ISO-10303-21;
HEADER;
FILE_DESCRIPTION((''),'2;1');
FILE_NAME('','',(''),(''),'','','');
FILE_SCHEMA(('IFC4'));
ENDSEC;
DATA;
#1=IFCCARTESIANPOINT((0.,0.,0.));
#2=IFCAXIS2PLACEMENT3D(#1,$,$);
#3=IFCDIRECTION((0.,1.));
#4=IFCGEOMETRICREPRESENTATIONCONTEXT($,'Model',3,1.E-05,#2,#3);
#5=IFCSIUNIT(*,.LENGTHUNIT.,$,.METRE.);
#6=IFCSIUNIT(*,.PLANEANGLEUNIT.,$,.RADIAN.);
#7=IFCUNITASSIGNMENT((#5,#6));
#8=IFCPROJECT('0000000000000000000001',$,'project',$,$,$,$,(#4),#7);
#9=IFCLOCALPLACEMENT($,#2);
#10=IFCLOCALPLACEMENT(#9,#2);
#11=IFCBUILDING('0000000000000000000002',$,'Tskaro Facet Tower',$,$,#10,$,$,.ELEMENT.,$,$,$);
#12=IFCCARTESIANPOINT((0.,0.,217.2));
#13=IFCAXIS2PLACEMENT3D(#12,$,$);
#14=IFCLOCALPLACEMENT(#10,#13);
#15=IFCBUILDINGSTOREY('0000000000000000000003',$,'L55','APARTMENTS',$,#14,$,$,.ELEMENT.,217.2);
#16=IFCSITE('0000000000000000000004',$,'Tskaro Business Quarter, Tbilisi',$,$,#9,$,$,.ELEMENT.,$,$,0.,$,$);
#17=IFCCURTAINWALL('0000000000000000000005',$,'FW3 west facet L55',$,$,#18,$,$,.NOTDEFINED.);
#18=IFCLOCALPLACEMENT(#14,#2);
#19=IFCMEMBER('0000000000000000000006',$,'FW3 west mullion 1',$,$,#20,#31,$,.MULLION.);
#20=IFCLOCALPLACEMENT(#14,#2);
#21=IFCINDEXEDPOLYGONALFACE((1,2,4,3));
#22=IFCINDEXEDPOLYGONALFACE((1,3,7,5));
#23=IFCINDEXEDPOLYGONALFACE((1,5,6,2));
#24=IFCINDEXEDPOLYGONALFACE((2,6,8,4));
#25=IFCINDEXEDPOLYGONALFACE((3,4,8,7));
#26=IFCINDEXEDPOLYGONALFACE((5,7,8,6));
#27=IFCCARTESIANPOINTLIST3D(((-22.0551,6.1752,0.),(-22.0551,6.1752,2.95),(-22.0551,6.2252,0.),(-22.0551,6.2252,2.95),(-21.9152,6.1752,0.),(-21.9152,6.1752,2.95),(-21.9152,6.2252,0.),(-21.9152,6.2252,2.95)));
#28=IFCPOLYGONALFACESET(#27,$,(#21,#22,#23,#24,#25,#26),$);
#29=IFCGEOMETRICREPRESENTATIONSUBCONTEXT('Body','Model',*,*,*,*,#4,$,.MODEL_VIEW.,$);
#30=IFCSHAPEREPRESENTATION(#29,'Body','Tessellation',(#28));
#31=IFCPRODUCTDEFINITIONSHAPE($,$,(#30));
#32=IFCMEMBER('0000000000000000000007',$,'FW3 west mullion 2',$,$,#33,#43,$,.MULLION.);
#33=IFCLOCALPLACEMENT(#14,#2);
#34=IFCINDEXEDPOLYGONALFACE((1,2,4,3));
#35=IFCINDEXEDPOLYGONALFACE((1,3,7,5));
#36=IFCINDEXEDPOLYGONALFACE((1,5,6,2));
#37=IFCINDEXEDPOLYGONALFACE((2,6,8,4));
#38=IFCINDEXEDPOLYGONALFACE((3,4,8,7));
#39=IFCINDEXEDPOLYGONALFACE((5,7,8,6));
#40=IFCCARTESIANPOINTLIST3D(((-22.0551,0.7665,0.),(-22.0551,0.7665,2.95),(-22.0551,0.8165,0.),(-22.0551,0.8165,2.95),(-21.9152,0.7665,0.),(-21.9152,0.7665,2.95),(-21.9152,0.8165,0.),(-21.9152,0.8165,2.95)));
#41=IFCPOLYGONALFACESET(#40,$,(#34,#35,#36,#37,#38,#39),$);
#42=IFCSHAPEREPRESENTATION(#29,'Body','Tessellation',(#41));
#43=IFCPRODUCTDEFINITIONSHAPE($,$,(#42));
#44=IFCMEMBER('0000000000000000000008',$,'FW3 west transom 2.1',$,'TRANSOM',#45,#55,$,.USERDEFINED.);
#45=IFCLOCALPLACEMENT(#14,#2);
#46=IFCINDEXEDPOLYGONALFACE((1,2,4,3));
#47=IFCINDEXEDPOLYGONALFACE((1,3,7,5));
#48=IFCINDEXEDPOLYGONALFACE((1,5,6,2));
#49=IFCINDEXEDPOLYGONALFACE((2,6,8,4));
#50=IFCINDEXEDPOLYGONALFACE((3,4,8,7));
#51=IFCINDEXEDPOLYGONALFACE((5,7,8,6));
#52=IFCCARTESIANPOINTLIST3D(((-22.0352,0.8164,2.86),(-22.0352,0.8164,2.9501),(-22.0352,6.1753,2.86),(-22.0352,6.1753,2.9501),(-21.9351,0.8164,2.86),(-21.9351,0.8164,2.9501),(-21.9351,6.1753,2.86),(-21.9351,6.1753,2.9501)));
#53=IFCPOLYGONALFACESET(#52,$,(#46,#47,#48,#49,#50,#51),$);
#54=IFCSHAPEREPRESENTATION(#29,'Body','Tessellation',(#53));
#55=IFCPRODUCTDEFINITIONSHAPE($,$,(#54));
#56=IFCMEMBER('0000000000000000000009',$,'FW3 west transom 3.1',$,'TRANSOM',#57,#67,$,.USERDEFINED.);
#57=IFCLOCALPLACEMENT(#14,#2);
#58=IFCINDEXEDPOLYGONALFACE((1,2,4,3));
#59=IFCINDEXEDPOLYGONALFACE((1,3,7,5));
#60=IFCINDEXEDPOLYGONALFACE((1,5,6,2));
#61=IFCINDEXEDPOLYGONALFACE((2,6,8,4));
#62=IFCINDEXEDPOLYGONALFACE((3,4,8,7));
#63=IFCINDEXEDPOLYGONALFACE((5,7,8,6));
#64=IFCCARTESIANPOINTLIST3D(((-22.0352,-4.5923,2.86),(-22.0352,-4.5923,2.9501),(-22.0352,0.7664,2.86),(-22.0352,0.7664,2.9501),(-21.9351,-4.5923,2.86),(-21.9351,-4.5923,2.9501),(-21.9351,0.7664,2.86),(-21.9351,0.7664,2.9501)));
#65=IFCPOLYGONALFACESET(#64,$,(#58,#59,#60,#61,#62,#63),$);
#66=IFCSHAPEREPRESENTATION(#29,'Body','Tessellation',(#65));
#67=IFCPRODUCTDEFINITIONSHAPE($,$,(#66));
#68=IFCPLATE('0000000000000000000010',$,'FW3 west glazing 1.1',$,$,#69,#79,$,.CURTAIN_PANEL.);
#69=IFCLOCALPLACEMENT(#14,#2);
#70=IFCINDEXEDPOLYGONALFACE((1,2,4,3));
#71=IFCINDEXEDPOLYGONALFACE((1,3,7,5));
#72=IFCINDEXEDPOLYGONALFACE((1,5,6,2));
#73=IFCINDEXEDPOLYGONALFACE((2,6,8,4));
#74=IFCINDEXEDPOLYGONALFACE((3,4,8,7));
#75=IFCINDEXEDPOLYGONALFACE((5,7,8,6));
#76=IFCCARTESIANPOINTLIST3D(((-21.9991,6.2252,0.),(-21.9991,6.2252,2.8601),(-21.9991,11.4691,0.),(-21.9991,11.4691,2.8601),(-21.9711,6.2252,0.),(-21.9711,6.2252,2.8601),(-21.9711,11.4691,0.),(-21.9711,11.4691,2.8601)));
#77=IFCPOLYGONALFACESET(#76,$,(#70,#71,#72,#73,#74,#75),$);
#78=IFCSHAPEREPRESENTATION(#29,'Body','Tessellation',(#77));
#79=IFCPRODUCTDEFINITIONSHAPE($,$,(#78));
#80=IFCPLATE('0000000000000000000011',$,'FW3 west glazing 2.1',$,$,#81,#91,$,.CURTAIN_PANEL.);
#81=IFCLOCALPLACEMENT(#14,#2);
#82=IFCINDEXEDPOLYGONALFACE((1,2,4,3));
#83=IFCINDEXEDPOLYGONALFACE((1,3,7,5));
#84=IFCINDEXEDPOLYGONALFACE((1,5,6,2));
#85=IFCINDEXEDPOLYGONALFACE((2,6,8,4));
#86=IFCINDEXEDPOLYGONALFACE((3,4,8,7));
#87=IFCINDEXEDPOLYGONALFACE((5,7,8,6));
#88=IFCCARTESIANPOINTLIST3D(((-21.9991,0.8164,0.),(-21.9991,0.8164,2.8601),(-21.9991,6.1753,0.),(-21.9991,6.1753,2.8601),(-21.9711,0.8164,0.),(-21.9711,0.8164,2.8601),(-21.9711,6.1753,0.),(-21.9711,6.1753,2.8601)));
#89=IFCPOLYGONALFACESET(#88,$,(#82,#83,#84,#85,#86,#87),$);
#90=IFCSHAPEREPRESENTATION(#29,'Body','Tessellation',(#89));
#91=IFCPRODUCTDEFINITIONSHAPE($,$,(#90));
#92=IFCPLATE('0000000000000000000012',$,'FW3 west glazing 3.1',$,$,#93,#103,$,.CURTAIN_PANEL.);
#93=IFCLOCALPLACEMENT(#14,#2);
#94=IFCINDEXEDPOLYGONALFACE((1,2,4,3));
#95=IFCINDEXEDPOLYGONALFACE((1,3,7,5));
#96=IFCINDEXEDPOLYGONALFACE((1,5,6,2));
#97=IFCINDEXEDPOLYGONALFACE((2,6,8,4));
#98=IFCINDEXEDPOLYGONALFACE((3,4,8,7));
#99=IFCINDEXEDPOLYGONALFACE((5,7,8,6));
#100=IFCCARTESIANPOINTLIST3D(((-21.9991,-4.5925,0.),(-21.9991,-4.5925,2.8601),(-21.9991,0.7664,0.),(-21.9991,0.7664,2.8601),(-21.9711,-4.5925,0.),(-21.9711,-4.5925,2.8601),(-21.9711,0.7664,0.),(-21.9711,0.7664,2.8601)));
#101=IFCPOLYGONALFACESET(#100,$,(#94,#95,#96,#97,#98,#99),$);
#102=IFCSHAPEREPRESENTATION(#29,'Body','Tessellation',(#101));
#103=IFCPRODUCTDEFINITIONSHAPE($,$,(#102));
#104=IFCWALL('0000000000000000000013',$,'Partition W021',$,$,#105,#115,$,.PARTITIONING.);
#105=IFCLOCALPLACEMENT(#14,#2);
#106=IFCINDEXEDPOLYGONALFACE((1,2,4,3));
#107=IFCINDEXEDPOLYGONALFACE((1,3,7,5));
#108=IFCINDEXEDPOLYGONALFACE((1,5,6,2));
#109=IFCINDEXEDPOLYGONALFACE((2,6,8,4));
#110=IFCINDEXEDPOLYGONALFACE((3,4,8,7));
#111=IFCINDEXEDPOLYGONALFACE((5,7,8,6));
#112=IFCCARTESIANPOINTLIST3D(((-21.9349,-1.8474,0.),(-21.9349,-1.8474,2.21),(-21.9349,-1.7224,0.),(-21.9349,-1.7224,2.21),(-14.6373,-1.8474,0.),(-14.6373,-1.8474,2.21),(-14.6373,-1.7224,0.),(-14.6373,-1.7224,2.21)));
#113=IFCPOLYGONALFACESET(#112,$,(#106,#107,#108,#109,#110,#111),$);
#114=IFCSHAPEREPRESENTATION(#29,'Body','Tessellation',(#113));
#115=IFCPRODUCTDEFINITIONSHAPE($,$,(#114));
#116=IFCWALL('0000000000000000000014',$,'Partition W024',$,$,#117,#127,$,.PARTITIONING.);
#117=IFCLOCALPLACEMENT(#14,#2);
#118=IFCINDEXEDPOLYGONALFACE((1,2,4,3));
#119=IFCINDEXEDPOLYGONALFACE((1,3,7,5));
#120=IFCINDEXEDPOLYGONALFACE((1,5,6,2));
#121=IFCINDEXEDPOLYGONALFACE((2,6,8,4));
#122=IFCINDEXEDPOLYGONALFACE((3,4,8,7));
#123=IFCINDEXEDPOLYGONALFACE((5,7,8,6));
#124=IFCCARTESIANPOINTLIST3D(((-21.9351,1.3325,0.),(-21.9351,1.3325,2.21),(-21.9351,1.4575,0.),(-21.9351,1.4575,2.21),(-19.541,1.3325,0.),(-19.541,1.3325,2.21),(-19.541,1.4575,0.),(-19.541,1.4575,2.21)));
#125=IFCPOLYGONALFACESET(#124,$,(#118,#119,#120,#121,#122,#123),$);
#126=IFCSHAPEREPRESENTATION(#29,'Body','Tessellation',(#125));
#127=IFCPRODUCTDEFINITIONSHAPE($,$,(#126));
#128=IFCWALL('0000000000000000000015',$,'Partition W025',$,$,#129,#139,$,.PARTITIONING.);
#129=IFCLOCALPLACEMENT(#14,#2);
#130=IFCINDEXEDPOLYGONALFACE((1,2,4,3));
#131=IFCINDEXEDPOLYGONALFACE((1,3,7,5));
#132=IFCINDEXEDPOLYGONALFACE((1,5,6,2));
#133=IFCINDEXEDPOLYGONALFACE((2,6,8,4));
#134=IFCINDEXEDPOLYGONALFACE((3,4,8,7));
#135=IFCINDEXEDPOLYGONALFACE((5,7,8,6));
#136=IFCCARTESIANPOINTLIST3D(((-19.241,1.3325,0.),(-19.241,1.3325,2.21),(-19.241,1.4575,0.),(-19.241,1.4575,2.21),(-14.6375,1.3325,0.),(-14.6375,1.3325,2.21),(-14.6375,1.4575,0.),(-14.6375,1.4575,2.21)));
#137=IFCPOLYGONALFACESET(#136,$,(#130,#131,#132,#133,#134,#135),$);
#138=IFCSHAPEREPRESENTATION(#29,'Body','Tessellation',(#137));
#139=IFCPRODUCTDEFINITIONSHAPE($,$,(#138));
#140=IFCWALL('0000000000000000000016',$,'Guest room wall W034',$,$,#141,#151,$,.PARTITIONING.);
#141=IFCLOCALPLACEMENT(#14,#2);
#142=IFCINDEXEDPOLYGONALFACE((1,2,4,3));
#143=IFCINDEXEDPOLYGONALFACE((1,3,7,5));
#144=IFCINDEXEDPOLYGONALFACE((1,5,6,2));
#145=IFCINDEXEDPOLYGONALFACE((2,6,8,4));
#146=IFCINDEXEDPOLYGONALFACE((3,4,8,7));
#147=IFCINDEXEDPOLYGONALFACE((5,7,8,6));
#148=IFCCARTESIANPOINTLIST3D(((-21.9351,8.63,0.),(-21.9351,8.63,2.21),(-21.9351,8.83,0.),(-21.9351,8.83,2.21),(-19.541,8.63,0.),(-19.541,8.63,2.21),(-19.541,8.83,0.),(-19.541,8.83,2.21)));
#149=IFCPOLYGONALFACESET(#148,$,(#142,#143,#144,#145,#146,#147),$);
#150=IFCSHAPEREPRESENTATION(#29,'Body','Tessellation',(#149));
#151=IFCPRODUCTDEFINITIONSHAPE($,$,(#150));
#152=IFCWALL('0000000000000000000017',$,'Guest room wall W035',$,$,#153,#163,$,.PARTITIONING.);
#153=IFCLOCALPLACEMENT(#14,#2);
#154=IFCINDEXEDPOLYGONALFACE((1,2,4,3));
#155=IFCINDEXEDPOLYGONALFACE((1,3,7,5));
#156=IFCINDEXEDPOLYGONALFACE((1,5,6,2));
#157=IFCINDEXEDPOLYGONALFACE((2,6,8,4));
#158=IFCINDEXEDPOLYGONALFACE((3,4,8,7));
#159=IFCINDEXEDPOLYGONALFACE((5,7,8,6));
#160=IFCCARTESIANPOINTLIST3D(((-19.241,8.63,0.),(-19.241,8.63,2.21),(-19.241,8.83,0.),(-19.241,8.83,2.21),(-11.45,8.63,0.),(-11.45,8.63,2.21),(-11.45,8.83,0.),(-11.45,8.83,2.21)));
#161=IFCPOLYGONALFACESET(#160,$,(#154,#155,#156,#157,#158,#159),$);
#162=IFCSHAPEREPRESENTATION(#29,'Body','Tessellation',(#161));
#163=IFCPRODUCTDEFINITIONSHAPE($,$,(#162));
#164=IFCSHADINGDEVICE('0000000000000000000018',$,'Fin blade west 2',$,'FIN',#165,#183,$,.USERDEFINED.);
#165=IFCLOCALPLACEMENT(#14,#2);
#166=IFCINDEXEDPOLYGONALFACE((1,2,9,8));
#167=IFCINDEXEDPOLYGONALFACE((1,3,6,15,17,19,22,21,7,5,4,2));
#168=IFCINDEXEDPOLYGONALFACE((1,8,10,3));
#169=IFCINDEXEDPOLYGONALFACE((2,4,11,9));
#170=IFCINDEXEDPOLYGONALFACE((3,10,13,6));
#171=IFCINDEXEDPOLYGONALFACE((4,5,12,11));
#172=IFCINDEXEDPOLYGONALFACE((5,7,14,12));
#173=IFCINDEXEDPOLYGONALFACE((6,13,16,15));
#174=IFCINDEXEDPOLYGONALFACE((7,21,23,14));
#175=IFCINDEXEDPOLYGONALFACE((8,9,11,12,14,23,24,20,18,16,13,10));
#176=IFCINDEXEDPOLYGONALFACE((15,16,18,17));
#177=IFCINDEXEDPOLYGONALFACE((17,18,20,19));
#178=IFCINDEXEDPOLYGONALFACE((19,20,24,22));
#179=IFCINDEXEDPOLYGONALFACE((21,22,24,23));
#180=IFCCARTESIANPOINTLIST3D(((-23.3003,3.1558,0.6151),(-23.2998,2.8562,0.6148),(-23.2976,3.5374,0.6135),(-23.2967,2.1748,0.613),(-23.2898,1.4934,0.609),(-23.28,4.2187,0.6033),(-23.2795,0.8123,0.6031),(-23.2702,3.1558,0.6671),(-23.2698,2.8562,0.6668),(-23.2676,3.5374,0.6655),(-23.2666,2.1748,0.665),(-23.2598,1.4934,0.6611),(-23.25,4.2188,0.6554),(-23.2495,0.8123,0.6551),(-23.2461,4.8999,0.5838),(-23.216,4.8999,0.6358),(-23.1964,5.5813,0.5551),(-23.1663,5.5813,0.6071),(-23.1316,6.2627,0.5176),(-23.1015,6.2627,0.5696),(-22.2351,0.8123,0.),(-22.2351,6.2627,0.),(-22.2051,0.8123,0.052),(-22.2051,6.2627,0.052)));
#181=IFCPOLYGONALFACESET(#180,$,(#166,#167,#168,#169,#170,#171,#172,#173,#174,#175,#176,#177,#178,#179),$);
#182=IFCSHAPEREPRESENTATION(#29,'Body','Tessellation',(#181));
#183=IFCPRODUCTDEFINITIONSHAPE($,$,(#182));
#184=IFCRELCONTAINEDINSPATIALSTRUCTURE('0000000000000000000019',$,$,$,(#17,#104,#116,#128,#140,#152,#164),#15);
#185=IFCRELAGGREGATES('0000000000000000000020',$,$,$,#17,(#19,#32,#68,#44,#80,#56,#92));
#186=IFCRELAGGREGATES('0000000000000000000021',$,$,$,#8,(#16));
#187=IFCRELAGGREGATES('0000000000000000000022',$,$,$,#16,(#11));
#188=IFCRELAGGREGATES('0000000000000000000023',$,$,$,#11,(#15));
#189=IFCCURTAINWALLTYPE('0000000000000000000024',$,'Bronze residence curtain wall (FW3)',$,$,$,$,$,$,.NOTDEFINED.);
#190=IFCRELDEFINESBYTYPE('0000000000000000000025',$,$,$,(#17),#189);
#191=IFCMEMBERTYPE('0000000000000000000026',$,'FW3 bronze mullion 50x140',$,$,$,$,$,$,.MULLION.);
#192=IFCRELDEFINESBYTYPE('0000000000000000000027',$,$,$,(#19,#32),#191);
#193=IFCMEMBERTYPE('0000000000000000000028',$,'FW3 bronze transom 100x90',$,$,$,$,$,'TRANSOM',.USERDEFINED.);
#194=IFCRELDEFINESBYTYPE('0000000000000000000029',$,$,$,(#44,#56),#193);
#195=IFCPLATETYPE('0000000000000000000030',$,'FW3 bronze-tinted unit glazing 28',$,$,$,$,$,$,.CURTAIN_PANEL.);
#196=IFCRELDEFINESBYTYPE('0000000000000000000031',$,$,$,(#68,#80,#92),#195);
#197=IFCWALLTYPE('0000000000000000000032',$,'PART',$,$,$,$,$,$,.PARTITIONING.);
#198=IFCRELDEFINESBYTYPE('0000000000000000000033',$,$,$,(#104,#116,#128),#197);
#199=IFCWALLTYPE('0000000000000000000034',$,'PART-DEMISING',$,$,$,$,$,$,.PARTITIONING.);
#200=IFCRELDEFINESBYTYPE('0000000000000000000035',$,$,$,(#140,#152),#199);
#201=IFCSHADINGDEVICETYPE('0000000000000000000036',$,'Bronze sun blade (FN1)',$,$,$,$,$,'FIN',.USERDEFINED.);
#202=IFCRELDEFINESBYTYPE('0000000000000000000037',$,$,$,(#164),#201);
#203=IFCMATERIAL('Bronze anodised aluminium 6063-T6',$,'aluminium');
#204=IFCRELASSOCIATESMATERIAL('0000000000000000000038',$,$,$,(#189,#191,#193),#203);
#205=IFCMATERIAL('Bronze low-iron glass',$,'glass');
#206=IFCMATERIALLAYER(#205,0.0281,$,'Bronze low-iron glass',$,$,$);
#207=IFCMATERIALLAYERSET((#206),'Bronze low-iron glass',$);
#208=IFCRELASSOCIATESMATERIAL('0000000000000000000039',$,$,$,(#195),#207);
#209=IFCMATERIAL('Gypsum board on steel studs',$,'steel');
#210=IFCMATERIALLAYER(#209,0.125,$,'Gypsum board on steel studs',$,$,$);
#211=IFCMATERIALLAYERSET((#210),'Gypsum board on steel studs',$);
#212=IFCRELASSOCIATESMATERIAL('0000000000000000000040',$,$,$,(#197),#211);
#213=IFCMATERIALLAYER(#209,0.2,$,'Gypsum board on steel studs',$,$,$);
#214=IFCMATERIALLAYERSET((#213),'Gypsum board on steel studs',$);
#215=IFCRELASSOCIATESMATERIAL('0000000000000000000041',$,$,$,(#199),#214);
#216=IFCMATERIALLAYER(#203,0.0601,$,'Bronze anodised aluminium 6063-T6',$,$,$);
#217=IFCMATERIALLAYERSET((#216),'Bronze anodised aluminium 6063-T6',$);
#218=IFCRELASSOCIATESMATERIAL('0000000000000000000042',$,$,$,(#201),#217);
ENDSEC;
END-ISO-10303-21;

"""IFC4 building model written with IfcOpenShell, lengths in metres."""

from ifc_helpers import new_model, si_unit, direction, frame, frame_2d, origin, origin_2d, place, context, subcontext, project, spatial, polyline, rectangle, outline, extrude, material, layer, layer_set, material_profile, profile_set, type_object, element, aggregate, save


model = new_model("IFC4")

# Units and contexts
model_context = context("Model", 3, precision=1e-05, world=origin(), true_north=direction((0.0, 1.0)))
body_context = subcontext(model_context, "Body", "Model", "MODEL_VIEW")
ifc_project = project(units=[si_unit("LENGTHUNIT", "METRE"), si_unit("PLANEANGLEUNIT", "RADIAN")], contexts=[model_context])

# Site, building, storey
site_placement = place(None, origin())
site = spatial("IfcSite", under=ifc_project, at=site_placement, Name="Tskaro Business Quarter, Tbilisi", CompositionType="ELEMENT", RefElevation=0.0)
building_placement = place(site_placement, origin())
building = spatial("IfcBuilding", under=site, at=building_placement, Name="Tskaro Facet Tower", CompositionType="ELEMENT")
storey_placement = place(building_placement, frame((0.0, 0.0, 217.2)))
storey = spatial("IfcBuildingStorey", under=building, at=storey_placement, Name="L55", Description="APARTMENTS", CompositionType="ELEMENT", Elevation=217.2)

# Curtain wall, members, plates
ifc_material_1 = material(Name="Bronze anodised aluminium 6063-T6", Category="aluminium")
curtain_wall_type = type_object("IfcCurtainWallType", Name="Bronze residence curtain wall (FW3)", PredefinedType="NOTDEFINED", material=ifc_material_1)
curtain_wall_placement = place(storey_placement, origin())
curtain_wall = element("IfcCurtainWall", 1, at=curtain_wall_placement, inside=storey, type_object=curtain_wall_type, Name="FW3 west facet L55", PredefinedType="NOTDEFINED")
ifc_material_profile_1 = material_profile(ifc_material_1, rectangle(XDim=0.05, YDim=0.1399, at=origin_2d()), Name="Mullion 50x140")
ifc_profile_set_1 = profile_set([ifc_material_profile_1], Name="Bronze anodised aluminium 6063-T6")
member_type_1 = type_object("IfcMemberType", Name="FW3 bronze mullion 50x140", PredefinedType="MULLION", material=ifc_profile_set_1)
member_1_placement = place(storey_placement, frame((-21.9851, 6.2002, 0.0), z_axis=(0.0, 0.0, 1.0), x_axis=(0.0, -1.0, 0.0)))
member_1 = element("IfcMember", 2, at=member_1_placement, type_object=member_type_1, Name="FW3 west mullion 1", PredefinedType="MULLION", context=body_context, shape_type="SweptSolid", body=[
    extrude(rectangle(XDim=0.05, YDim=0.1399, at=origin_2d()), origin(), (0.0, 0.0, 1.0), 2.95),
])
member_2_placement = place(storey_placement, frame((-21.9851, 0.7915, 0.0), z_axis=(0.0, 0.0, 1.0), x_axis=(0.0, -1.0, 0.0)))
member_2 = element("IfcMember", 3, at=member_2_placement, type_object=member_type_1, Name="FW3 west mullion 2", PredefinedType="MULLION", context=body_context, shape_type="SweptSolid", body=[
    extrude(rectangle(XDim=0.05, YDim=0.1399, at=origin_2d()), origin(), (0.0, 0.0, 1.0), 2.95),
])
ifc_material_profile_2 = material_profile(ifc_material_1, rectangle(XDim=0.1001, YDim=0.0901, at=origin_2d()), Name="Transom 100x90")
ifc_profile_set_2 = profile_set([ifc_material_profile_2], Name="Bronze anodised aluminium 6063-T6")
member_type_2 = type_object("IfcMemberType", Name="FW3 bronze transom 100x90", ElementType="TRANSOM", PredefinedType="USERDEFINED", material=ifc_profile_set_2)
member_3_placement = place(storey_placement, frame((-21.9851, 6.1753, 2.905), z_axis=(0.0, -1.0, 0.0), x_axis=(1.0, 0.0, 0.0)))
member_3 = element("IfcMember", 4, at=member_3_placement, type_object=member_type_2, Name="FW3 west transom 2.1", ObjectType="TRANSOM", PredefinedType="USERDEFINED", context=body_context, shape_type="SweptSolid", body=[
    extrude(rectangle(XDim=0.1001, YDim=0.0901, at=origin_2d()), origin(), (0.0, 0.0, 1.0), 5.3589),
])
member_4_placement = place(storey_placement, frame((-21.9851, 0.7664, 2.905), z_axis=(0.0, -1.0, 0.0), x_axis=(1.0, 0.0, 0.0)))
member_4 = element("IfcMember", 5, at=member_4_placement, type_object=member_type_2, Name="FW3 west transom 3.1", ObjectType="TRANSOM", PredefinedType="USERDEFINED", context=body_context, shape_type="SweptSolid", body=[
    extrude(rectangle(XDim=0.1001, YDim=0.0901, at=origin_2d()), origin(), (0.0, 0.0, 1.0), 5.3586),
])
ifc_material_2 = material(Name="Bronze low-iron glass", Category="glass")
ifc_layer_1 = layer(ifc_material_2, 0.0281, Name="Bronze low-iron glass")
ifc_layer_set_1 = layer_set([ifc_layer_1], Name="Bronze low-iron glass")
plate_type = type_object("IfcPlateType", Name="FW3 bronze-tinted unit glazing 28", PredefinedType="CURTAIN_PANEL", material=ifc_layer_set_1)
plate_1_placement = place(storey_placement, frame((-21.9851, 8.8472, 0.0), z_axis=(0.0, 0.0, 1.0), x_axis=(0.0, -1.0, 0.0)))
plate_1 = element("IfcPlate", 6, at=plate_1_placement, type_object=plate_type, Name="FW3 west glazing 1.1", PredefinedType="CURTAIN_PANEL", context=body_context, shape_type="SweptSolid", body=[
    extrude(rectangle(XDim=5.2439, YDim=0.0281, at=origin_2d()), origin(), (0.0, 0.0, 1.0), 2.8601),
])
plate_2_placement = place(storey_placement, frame((-21.9851, 3.4958, 0.0), z_axis=(0.0, 0.0, 1.0), x_axis=(0.0, -1.0, 0.0)))
plate_2 = element("IfcPlate", 7, at=plate_2_placement, type_object=plate_type, Name="FW3 west glazing 2.1", PredefinedType="CURTAIN_PANEL", context=body_context, shape_type="SweptSolid", body=[
    extrude(rectangle(XDim=5.3589, YDim=0.0281, at=origin_2d()), origin(), (0.0, 0.0, 1.0), 2.8601),
])
plate_3_placement = place(storey_placement, frame((-21.9851, -1.9131, 0.0), z_axis=(0.0, 0.0, 1.0), x_axis=(0.0, -1.0, 0.0)))
plate_3 = element("IfcPlate", 8, at=plate_3_placement, type_object=plate_type, Name="FW3 west glazing 3.1", PredefinedType="CURTAIN_PANEL", context=body_context, shape_type="SweptSolid", body=[
    extrude(rectangle(XDim=5.3589, YDim=0.0281, at=origin_2d()), origin(), (0.0, 0.0, 1.0), 2.8601),
])
aggregate(curtain_wall, [member_1, member_2, plate_1, member_3, plate_2, member_4, plate_3])

# Walls
ifc_material_3 = material(Name="Gypsum board on steel studs", Category="steel")
ifc_layer_2 = layer(ifc_material_3, 0.125, Name="Gypsum board on steel studs")
ifc_layer_set_2 = layer_set([ifc_layer_2], Name="Gypsum board on steel studs")
wall_type_1 = type_object("IfcWallType", Name="PART", PredefinedType="PARTITIONING", material=ifc_layer_set_2)
wall_1_placement = place(storey_placement, frame((-21.9351, -1.7849, 0.0), z_axis=(0.0, 0.0, 1.0), x_axis=(1.0, 0.0, 0.0)))
element("IfcWall", 9, at=wall_1_placement, inside=storey, type_object=wall_type_1, Name="Partition W021", PredefinedType="PARTITIONING", context=body_context, shape_type="SweptSolid", body=[
    extrude(rectangle(XDim=7.2976, YDim=0.125, at=frame_2d((3.6489, 0.0))), origin(), (0.0, 0.0, 1.0), 2.21),
])
wall_2_placement = place(storey_placement, frame((-21.9351, 1.395, 0.0), z_axis=(0.0, 0.0, 1.0), x_axis=(1.0, 0.0, 0.0)))
element("IfcWall", 10, at=wall_2_placement, inside=storey, type_object=wall_type_1, Name="Partition W024", PredefinedType="PARTITIONING", context=body_context, shape_type="SweptSolid", body=[
    extrude(rectangle(XDim=2.394, YDim=0.125, at=frame_2d((1.197, 0.0))), origin(), (0.0, 0.0, 1.0), 2.21),
])
wall_3_placement = place(storey_placement, frame((-19.241, 1.395, 0.0), z_axis=(0.0, 0.0, 1.0), x_axis=(1.0, 0.0, 0.0)))
element("IfcWall", 11, at=wall_3_placement, inside=storey, type_object=wall_type_1, Name="Partition W025", PredefinedType="PARTITIONING", context=body_context, shape_type="SweptSolid", body=[
    extrude(rectangle(XDim=4.6035, YDim=0.125, at=frame_2d((2.3018, 0.0))), origin(), (0.0, 0.0, 1.0), 2.21),
])
ifc_layer_3 = layer(ifc_material_3, 0.2, Name="Gypsum board on steel studs")
ifc_layer_set_3 = layer_set([ifc_layer_3], Name="Gypsum board on steel studs")
wall_type_2 = type_object("IfcWallType", Name="PART-DEMISING", PredefinedType="PARTITIONING", material=ifc_layer_set_3)
wall_4_placement = place(storey_placement, frame((-21.9351, 8.73, 0.0), z_axis=(0.0, 0.0, 1.0), x_axis=(1.0, 0.0, 0.0)))
element("IfcWall", 12, at=wall_4_placement, inside=storey, type_object=wall_type_2, Name="Guest room wall W034", PredefinedType="PARTITIONING", context=body_context, shape_type="SweptSolid", body=[
    extrude(rectangle(XDim=2.394, YDim=0.2, at=frame_2d((1.197, 0.0))), origin(), (0.0, 0.0, 1.0), 2.21),
])
wall_5_placement = place(storey_placement, frame((-19.241, 8.73, 0.0), z_axis=(0.0, 0.0, 1.0), x_axis=(1.0, 0.0, 0.0)))
element("IfcWall", 13, at=wall_5_placement, inside=storey, type_object=wall_type_2, Name="Guest room wall W035", PredefinedType="PARTITIONING", context=body_context, shape_type="SweptSolid", body=[
    extrude(rectangle(XDim=7.791, YDim=0.2, at=frame_2d((3.8955, 0.0))), origin(), (0.0, 0.0, 1.0), 2.21),
])

# Shading device
ifc_layer_4 = layer(ifc_material_1, 0.0601, Name="Bronze anodised aluminium 6063-T6")
ifc_layer_set_4 = layer_set([ifc_layer_4], Name="Bronze anodised aluminium 6063-T6")
shading_device_type = type_object("IfcShadingDeviceType", Name="Bronze sun blade (FN1)", ElementType="FIN", PredefinedType="USERDEFINED", material=ifc_layer_set_4)
shading_device_1_placement = place(storey_placement, frame((-22.2051, 6.2627, 0.052), z_axis=(0.50006, 0.0, 0.865991), x_axis=(0.0, -1.0, 0.0)))
element("IfcShadingDevice", 14, at=shading_device_1_placement, inside=storey, type_object=shading_device_type, Name="Fin blade west 2", ObjectType="FIN", PredefinedType="USERDEFINED", context=body_context, shape_type="SweptSolid", body=[
    extrude(outline(polyline([(0.0, 0.0), (5.4504, 0.0), (5.4504, -1.206), (4.7693, -1.218), (4.0879, -1.2258), (3.4065, -1.2294), (3.1069, -1.23), (2.7253, -1.2269), (2.0439, -1.2066), (1.3628, -1.1674), (0.6814, -1.11), (0.0, -1.0352), (0.0, 0.0)])), origin(), (0.0, 0.0, -1.0), 0.0601),
])

save(model, "model.ifc")
